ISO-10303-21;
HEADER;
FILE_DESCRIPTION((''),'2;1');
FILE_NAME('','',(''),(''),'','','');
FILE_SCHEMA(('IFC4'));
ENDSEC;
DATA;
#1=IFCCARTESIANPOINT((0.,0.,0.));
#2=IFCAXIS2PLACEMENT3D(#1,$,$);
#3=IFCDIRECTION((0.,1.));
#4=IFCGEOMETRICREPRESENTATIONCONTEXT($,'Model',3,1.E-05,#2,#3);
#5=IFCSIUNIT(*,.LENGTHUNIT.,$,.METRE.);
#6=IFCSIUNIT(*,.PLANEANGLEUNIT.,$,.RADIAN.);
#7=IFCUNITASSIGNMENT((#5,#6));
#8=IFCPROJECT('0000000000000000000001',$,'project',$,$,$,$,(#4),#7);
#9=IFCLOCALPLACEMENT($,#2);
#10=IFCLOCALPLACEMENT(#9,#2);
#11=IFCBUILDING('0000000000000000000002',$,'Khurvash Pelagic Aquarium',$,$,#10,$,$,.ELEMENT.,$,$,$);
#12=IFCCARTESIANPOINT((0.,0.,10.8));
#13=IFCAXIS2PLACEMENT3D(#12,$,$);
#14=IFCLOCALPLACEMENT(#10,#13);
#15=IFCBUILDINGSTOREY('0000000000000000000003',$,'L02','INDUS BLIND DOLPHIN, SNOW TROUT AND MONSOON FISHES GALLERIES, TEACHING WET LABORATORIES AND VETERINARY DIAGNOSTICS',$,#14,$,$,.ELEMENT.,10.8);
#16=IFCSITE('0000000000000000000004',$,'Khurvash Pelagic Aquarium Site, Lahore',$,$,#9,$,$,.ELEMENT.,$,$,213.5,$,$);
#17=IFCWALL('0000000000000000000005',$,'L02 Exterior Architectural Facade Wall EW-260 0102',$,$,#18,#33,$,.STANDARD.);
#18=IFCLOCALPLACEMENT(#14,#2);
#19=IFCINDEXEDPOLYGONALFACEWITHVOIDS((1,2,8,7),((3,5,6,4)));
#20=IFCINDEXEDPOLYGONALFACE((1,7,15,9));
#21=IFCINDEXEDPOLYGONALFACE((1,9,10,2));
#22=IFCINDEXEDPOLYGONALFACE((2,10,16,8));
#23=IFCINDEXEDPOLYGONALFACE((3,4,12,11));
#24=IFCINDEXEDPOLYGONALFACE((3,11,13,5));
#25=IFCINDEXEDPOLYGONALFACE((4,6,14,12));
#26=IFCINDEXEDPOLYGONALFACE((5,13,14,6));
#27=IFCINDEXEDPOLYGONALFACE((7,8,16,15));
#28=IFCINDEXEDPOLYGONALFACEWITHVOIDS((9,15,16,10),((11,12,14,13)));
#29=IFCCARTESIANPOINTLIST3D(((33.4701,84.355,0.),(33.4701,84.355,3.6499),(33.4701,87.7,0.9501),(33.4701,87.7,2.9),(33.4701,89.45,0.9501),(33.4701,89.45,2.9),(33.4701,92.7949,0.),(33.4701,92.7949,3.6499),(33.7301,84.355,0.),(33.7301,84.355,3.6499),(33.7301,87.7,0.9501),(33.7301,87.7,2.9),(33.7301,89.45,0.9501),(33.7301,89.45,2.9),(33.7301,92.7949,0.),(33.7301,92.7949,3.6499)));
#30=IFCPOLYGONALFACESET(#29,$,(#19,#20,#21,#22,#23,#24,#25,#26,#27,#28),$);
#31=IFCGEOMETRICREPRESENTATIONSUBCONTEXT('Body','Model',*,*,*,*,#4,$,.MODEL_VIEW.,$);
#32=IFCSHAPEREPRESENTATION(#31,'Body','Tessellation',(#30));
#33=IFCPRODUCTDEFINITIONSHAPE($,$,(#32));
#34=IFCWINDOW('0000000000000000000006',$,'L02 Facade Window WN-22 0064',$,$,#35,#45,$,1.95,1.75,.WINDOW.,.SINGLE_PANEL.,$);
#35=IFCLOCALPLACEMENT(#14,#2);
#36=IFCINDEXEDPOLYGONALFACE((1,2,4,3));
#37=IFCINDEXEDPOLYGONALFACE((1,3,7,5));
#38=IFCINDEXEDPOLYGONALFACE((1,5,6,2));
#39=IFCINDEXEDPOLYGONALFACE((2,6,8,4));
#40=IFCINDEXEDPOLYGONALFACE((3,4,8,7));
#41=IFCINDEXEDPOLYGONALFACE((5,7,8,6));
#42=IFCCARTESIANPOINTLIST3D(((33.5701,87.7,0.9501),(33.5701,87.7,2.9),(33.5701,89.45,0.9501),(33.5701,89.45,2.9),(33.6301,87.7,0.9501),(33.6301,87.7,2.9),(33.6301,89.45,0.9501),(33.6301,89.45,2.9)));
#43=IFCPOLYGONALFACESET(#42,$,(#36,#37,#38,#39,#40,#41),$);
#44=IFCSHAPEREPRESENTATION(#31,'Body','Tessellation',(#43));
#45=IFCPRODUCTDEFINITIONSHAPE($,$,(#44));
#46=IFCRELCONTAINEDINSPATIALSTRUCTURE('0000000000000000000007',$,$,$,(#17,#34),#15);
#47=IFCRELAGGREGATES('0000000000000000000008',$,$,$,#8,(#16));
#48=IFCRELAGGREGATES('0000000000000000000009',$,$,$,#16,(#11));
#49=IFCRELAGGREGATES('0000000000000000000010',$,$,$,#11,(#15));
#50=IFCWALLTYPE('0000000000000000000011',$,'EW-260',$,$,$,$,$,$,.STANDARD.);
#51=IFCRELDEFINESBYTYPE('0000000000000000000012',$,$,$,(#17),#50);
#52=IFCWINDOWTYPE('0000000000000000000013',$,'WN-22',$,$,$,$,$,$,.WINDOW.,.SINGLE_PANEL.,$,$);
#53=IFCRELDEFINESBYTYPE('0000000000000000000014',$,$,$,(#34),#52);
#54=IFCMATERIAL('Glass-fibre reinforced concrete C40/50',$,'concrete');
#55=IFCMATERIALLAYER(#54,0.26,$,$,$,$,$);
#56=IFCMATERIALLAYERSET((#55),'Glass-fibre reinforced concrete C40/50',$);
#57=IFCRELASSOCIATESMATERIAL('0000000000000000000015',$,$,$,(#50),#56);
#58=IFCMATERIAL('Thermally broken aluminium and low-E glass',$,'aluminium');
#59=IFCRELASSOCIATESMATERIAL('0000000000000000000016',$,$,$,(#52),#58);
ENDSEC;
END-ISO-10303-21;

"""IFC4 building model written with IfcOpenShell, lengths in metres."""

from ifc_helpers import new_model, si_unit, direction, frame, frame_2d, origin, place, context, subcontext, project, spatial, rectangle, extrude, material, layer, layer_set, type_object, element, fill, save


model = new_model("IFC4")

# Units and contexts
model_context = context("Model", 3, precision=1e-05, world=origin(), true_north=direction((0.0, 1.0)))
body_context = subcontext(model_context, "Body", "Model", "MODEL_VIEW")
ifc_project = project(units=[si_unit("LENGTHUNIT", "METRE"), si_unit("PLANEANGLEUNIT", "RADIAN")], contexts=[model_context])

# Site, building, storey
site_placement = place(None, origin())
site = spatial("IfcSite", under=ifc_project, at=site_placement, Name="Khurvash Pelagic Aquarium Site, Lahore", CompositionType="ELEMENT", RefElevation=213.5)
building_placement = place(site_placement, origin())
building = spatial("IfcBuilding", under=site, at=building_placement, Name="Khurvash Pelagic Aquarium", CompositionType="ELEMENT")
storey_placement = place(building_placement, frame((0.0, 0.0, 10.8)))
storey = spatial("IfcBuildingStorey", under=building, at=storey_placement, Name="L02", Description="INDUS BLIND DOLPHIN, SNOW TROUT AND MONSOON FISHES GALLERIES, TEACHING WET LABORATORIES AND VETERINARY DIAGNOSTICS", CompositionType="ELEMENT", Elevation=10.8)

# Wall, opening, window
ifc_material_1 = material(Name="Glass-fibre reinforced concrete C40/50", Category="concrete")
ifc_layer_1 = layer(ifc_material_1, 0.26)
ifc_layer_set_1 = layer_set([ifc_layer_1], Name="Glass-fibre reinforced concrete C40/50")
wall_type = type_object("IfcWallType", Name="EW-260", PredefinedType="STANDARD", material=ifc_layer_set_1)
wall_placement = place(storey_placement, frame((33.6001, 84.355, 0.0), z_axis=(0.0, 0.0, 1.0), x_axis=(0.0, 1.0, 0.0)))
wall = element("IfcWall", 1, at=wall_placement, inside=storey, type_object=wall_type, Name="L02 Exterior Architectural Facade Wall EW-260 0102", PredefinedType="STANDARD", context=body_context, shape_type="SweptSolid", body=[
    extrude(rectangle(XDim=8.4399, YDim=0.26, at=frame_2d((4.22, 0.0))), origin(), (0.0, 0.0, 1.0), 3.6499),
])
opening_placement = place(wall_placement, frame((3.345, 0.0, 0.95)))
opening = element("IfcOpeningElement", 2, at=opening_placement, cuts=wall, PredefinedType="OPENING", context=body_context, shape_type="SweptSolid", body=[
    extrude(rectangle(XDim=1.75, YDim=1.95, at=frame_2d((0.875, 0.9751))), frame((0.0, 0.1401, 0.0), z_axis=(0.0, -1.0, 0.0), x_axis=(1.0, 0.0, 0.0)), (0.0, 0.0, 1.0), 0.28),
])
ifc_material_2 = material(Name="Thermally broken aluminium and low-E glass", Category="aluminium")
window_type = type_object("IfcWindowType", Name="WN-22", PartitioningType="SINGLE_PANEL", PredefinedType="WINDOW", material=ifc_material_2)
window_placement = place(opening_placement, origin())
window = element("IfcWindow", 3, at=window_placement, inside=storey, type_object=window_type, Name="L02 Facade Window WN-22 0064", OverallHeight=1.95, OverallWidth=1.75, PartitioningType="SINGLE_PANEL", PredefinedType="WINDOW", context=body_context, shape_type="SweptSolid", body=[
    extrude(rectangle(XDim=1.75, YDim=1.95, at=frame_2d((0.875, 0.9751))), frame((0.0, 0.03, 0.0), z_axis=(0.0, -1.0, 0.0), x_axis=(1.0, 0.0, 0.0)), (0.0, 0.0, 1.0), 0.0601),
])
fill(opening, window)

save(model, "model.ifc")
